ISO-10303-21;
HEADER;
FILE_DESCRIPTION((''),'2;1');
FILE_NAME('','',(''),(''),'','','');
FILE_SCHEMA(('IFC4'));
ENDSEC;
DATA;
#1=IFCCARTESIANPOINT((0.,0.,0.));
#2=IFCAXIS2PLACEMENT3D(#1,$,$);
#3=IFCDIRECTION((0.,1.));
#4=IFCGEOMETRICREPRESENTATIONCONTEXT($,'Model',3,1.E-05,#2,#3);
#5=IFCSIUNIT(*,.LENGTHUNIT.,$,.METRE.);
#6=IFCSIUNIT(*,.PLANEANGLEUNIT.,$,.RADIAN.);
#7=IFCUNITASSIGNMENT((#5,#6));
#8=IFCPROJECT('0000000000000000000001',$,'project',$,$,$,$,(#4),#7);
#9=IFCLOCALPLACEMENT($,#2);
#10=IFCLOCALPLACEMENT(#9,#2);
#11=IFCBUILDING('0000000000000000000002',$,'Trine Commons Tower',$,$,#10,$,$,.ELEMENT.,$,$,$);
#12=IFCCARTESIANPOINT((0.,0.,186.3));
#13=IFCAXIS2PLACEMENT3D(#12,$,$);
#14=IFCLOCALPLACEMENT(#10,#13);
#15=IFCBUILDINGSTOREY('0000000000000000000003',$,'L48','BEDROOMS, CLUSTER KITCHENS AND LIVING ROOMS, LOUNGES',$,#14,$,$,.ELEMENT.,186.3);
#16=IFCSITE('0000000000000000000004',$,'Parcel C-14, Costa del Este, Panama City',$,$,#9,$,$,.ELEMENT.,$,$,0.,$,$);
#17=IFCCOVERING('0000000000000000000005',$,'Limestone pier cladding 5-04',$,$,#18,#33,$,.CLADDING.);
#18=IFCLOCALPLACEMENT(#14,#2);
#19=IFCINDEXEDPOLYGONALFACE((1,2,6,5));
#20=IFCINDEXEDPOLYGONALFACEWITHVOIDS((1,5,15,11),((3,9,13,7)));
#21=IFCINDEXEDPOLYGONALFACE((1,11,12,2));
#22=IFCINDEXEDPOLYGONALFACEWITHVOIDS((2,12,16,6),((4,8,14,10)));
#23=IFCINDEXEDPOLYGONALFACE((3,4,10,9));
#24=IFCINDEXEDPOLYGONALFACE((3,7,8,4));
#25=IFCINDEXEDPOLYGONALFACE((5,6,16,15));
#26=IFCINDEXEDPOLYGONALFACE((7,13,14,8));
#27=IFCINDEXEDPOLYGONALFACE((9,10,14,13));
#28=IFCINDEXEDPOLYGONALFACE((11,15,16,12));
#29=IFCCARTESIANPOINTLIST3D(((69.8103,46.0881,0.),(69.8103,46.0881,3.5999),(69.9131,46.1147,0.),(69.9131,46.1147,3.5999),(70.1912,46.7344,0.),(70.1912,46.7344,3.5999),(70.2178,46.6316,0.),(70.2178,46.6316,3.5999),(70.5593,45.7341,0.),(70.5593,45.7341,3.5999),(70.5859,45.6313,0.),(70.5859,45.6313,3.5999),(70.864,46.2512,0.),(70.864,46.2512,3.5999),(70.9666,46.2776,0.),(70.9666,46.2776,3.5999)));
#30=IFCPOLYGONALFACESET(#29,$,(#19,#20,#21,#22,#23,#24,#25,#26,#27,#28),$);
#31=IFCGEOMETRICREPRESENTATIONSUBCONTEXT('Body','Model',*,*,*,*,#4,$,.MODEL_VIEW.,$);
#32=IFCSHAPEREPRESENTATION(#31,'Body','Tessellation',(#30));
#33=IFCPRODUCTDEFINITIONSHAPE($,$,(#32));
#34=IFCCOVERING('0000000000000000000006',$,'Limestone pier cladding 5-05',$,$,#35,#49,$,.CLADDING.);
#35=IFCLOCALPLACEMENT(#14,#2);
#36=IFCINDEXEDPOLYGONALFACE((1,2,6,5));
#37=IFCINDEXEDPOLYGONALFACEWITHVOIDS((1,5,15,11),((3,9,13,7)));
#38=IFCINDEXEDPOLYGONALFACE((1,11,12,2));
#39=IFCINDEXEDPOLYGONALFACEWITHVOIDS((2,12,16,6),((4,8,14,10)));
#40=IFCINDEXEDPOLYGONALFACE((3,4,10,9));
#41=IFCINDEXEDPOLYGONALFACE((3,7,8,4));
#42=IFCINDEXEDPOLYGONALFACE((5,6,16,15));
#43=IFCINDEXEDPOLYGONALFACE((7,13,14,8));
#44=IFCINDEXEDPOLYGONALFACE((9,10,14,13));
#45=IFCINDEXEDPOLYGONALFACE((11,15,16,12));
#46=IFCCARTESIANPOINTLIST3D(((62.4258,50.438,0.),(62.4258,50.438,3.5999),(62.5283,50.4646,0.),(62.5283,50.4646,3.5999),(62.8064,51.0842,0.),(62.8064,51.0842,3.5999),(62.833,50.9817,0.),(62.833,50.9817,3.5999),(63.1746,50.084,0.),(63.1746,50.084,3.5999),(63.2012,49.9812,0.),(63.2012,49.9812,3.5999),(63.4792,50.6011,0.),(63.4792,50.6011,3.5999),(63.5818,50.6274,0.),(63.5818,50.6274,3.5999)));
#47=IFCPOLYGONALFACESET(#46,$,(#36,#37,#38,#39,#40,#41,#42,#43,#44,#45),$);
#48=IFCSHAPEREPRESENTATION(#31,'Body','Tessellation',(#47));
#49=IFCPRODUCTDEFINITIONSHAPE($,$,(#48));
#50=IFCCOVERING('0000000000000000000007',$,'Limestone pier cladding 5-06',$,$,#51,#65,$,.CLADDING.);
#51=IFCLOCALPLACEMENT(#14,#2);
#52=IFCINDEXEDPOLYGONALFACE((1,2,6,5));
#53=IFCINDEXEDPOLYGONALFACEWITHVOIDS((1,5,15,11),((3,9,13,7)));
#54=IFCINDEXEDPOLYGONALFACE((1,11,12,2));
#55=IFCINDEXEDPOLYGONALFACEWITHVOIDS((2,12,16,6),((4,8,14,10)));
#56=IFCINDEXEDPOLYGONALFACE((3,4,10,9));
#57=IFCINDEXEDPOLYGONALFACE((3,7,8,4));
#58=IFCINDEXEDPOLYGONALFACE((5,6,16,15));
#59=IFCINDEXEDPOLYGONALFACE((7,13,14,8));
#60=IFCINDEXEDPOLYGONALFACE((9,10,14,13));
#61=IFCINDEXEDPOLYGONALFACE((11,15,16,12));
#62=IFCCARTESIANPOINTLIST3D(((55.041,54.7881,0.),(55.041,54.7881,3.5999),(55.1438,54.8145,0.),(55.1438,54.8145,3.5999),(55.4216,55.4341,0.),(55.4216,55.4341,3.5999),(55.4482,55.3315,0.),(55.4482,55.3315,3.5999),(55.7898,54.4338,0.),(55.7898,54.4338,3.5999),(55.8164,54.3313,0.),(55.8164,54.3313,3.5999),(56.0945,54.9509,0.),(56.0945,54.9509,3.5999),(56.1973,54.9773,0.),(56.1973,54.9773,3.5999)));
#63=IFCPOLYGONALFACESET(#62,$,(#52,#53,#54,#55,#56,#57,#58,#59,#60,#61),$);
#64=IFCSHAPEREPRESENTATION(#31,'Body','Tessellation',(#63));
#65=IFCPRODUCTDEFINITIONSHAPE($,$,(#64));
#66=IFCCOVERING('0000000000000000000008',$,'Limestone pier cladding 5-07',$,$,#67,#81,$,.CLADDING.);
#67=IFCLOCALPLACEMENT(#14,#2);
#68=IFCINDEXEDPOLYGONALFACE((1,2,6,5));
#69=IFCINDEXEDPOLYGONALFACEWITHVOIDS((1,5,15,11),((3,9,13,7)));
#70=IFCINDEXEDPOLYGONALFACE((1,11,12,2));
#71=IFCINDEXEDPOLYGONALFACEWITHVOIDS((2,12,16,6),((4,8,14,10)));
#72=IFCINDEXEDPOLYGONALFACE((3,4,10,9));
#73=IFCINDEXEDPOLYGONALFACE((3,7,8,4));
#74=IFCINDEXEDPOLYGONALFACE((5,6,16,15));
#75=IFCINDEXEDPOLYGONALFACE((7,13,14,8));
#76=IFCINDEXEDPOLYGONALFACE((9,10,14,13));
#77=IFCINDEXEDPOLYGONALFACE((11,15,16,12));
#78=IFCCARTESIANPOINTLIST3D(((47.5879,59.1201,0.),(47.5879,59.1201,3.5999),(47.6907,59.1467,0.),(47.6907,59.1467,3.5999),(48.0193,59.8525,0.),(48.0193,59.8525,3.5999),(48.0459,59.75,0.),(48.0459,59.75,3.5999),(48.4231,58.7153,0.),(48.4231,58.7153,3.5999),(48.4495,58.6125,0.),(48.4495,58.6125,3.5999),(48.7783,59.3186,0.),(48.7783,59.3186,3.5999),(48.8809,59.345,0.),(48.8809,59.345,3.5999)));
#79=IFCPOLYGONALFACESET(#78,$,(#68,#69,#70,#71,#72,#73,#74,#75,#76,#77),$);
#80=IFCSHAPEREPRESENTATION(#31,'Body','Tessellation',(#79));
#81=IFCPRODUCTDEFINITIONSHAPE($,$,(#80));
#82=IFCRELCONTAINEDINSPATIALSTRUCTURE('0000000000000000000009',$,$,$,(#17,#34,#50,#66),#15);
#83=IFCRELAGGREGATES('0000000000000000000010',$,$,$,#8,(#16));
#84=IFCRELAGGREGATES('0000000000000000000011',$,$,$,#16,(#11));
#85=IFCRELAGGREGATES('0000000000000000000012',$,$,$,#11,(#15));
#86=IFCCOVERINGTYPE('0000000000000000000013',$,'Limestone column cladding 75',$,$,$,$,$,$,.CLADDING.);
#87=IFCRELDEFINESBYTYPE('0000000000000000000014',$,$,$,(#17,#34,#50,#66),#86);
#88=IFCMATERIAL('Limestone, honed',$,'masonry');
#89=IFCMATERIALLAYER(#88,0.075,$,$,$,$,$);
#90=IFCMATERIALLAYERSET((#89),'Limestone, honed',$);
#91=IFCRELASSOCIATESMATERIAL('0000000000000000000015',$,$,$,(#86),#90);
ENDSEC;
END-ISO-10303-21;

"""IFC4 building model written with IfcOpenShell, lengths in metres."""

from ifc_helpers import new_model, si_unit, direction, frame, origin, place, context, subcontext, project, spatial, polyline, outline, extrude, material, layer, layer_set, type_object, element, save


model = new_model("IFC4")

# Units and contexts
model_context = context("Model", 3, precision=1e-05, world=origin(), true_north=direction((0.0, 1.0)))
body_context = subcontext(model_context, "Body", "Model", "MODEL_VIEW")
ifc_project = project(units=[si_unit("LENGTHUNIT", "METRE"), si_unit("PLANEANGLEUNIT", "RADIAN")], contexts=[model_context])

# Site, building, storey
site_placement = place(None, origin())
site = spatial("IfcSite", under=ifc_project, at=site_placement, Name="Parcel C-14, Costa del Este, Panama City", CompositionType="ELEMENT", RefElevation=0.0)
building_placement = place(site_placement, origin())
building = spatial("IfcBuilding", under=site, at=building_placement, Name="Trine Commons Tower", CompositionType="ELEMENT")
storey_placement = place(building_placement, frame((0.0, 0.0, 186.3)))
storey = spatial("IfcBuildingStorey", under=building, at=storey_placement, Name="L48", Description="BEDROOMS, CLUSTER KITCHENS AND LIVING ROOMS, LOUNGES", CompositionType="ELEMENT", Elevation=186.3)

# Coverings
ifc_material_1 = material(Name="Limestone, honed", Category="masonry")
ifc_layer_1 = layer(ifc_material_1, 0.075)
ifc_layer_set_1 = layer_set([ifc_layer_1], Name="Limestone, honed")
covering_type_1 = type_object("IfcCoveringType", Name="Limestone column cladding 75", PredefinedType="CLADDING", material=ifc_layer_set_1)
covering_1_placement = place(storey_placement, origin())
element("IfcCovering", 1, at=covering_1_placement, inside=storey, type_object=covering_type_1, Name="Limestone pier cladding 5-04", PredefinedType="CLADDING", context=body_context, shape_type="SweptSolid", body=[
    extrude(outline(polyline([(70.1912, 46.7344), (69.8103, 46.0881), (70.5859, 45.6313), (70.9666, 46.2776), (70.1912, 46.7344)]), holes=[polyline([(70.2178, 46.6316), (69.9131, 46.1147), (70.5593, 45.7341), (70.864, 46.2512), (70.2178, 46.6316)])]), origin(), (0.0, 0.0, 1.0), 3.5999),
])
covering_2_placement = place(storey_placement, origin())
element("IfcCovering", 2, at=covering_2_placement, inside=storey, type_object=covering_type_1, Name="Limestone pier cladding 5-05", PredefinedType="CLADDING", context=body_context, shape_type="SweptSolid", body=[
    extrude(outline(polyline([(62.8064, 51.0842), (62.4258, 50.438), (63.2012, 49.9812), (63.5818, 50.6274), (62.8064, 51.0842)]), holes=[polyline([(62.833, 50.9817), (62.5283, 50.4646), (63.1746, 50.084), (63.4792, 50.6011), (62.833, 50.9817)])]), origin(), (0.0, 0.0, 1.0), 3.5999),
])
covering_3_placement = place(storey_placement, origin())
element("IfcCovering", 3, at=covering_3_placement, inside=storey, type_object=covering_type_1, Name="Limestone pier cladding 5-06", PredefinedType="CLADDING", context=body_context, shape_type="SweptSolid", body=[
    extrude(outline(polyline([(55.4216, 55.4341), (55.041, 54.7881), (55.8164, 54.3313), (56.1973, 54.9773), (55.4216, 55.4341)]), holes=[polyline([(55.4482, 55.3315), (55.1438, 54.8145), (55.7898, 54.4338), (56.0945, 54.9509), (55.4482, 55.3315)])]), origin(), (0.0, 0.0, 1.0), 3.5999),
])
covering_4_placement = place(storey_placement, origin())
element("IfcCovering", 4, at=covering_4_placement, inside=storey, type_object=covering_type_1, Name="Limestone pier cladding 5-07", PredefinedType="CLADDING", context=body_context, shape_type="SweptSolid", body=[
    extrude(outline(polyline([(48.0193, 59.8525), (47.5879, 59.1201), (48.4495, 58.6125), (48.8809, 59.345), (48.0193, 59.8525)]), holes=[polyline([(48.0459, 59.75), (47.6907, 59.1467), (48.4231, 58.7153), (48.7783, 59.3186), (48.0459, 59.75)])]), origin(), (0.0, 0.0, 1.0), 3.5999),
])

save(model, "model.ifc")
